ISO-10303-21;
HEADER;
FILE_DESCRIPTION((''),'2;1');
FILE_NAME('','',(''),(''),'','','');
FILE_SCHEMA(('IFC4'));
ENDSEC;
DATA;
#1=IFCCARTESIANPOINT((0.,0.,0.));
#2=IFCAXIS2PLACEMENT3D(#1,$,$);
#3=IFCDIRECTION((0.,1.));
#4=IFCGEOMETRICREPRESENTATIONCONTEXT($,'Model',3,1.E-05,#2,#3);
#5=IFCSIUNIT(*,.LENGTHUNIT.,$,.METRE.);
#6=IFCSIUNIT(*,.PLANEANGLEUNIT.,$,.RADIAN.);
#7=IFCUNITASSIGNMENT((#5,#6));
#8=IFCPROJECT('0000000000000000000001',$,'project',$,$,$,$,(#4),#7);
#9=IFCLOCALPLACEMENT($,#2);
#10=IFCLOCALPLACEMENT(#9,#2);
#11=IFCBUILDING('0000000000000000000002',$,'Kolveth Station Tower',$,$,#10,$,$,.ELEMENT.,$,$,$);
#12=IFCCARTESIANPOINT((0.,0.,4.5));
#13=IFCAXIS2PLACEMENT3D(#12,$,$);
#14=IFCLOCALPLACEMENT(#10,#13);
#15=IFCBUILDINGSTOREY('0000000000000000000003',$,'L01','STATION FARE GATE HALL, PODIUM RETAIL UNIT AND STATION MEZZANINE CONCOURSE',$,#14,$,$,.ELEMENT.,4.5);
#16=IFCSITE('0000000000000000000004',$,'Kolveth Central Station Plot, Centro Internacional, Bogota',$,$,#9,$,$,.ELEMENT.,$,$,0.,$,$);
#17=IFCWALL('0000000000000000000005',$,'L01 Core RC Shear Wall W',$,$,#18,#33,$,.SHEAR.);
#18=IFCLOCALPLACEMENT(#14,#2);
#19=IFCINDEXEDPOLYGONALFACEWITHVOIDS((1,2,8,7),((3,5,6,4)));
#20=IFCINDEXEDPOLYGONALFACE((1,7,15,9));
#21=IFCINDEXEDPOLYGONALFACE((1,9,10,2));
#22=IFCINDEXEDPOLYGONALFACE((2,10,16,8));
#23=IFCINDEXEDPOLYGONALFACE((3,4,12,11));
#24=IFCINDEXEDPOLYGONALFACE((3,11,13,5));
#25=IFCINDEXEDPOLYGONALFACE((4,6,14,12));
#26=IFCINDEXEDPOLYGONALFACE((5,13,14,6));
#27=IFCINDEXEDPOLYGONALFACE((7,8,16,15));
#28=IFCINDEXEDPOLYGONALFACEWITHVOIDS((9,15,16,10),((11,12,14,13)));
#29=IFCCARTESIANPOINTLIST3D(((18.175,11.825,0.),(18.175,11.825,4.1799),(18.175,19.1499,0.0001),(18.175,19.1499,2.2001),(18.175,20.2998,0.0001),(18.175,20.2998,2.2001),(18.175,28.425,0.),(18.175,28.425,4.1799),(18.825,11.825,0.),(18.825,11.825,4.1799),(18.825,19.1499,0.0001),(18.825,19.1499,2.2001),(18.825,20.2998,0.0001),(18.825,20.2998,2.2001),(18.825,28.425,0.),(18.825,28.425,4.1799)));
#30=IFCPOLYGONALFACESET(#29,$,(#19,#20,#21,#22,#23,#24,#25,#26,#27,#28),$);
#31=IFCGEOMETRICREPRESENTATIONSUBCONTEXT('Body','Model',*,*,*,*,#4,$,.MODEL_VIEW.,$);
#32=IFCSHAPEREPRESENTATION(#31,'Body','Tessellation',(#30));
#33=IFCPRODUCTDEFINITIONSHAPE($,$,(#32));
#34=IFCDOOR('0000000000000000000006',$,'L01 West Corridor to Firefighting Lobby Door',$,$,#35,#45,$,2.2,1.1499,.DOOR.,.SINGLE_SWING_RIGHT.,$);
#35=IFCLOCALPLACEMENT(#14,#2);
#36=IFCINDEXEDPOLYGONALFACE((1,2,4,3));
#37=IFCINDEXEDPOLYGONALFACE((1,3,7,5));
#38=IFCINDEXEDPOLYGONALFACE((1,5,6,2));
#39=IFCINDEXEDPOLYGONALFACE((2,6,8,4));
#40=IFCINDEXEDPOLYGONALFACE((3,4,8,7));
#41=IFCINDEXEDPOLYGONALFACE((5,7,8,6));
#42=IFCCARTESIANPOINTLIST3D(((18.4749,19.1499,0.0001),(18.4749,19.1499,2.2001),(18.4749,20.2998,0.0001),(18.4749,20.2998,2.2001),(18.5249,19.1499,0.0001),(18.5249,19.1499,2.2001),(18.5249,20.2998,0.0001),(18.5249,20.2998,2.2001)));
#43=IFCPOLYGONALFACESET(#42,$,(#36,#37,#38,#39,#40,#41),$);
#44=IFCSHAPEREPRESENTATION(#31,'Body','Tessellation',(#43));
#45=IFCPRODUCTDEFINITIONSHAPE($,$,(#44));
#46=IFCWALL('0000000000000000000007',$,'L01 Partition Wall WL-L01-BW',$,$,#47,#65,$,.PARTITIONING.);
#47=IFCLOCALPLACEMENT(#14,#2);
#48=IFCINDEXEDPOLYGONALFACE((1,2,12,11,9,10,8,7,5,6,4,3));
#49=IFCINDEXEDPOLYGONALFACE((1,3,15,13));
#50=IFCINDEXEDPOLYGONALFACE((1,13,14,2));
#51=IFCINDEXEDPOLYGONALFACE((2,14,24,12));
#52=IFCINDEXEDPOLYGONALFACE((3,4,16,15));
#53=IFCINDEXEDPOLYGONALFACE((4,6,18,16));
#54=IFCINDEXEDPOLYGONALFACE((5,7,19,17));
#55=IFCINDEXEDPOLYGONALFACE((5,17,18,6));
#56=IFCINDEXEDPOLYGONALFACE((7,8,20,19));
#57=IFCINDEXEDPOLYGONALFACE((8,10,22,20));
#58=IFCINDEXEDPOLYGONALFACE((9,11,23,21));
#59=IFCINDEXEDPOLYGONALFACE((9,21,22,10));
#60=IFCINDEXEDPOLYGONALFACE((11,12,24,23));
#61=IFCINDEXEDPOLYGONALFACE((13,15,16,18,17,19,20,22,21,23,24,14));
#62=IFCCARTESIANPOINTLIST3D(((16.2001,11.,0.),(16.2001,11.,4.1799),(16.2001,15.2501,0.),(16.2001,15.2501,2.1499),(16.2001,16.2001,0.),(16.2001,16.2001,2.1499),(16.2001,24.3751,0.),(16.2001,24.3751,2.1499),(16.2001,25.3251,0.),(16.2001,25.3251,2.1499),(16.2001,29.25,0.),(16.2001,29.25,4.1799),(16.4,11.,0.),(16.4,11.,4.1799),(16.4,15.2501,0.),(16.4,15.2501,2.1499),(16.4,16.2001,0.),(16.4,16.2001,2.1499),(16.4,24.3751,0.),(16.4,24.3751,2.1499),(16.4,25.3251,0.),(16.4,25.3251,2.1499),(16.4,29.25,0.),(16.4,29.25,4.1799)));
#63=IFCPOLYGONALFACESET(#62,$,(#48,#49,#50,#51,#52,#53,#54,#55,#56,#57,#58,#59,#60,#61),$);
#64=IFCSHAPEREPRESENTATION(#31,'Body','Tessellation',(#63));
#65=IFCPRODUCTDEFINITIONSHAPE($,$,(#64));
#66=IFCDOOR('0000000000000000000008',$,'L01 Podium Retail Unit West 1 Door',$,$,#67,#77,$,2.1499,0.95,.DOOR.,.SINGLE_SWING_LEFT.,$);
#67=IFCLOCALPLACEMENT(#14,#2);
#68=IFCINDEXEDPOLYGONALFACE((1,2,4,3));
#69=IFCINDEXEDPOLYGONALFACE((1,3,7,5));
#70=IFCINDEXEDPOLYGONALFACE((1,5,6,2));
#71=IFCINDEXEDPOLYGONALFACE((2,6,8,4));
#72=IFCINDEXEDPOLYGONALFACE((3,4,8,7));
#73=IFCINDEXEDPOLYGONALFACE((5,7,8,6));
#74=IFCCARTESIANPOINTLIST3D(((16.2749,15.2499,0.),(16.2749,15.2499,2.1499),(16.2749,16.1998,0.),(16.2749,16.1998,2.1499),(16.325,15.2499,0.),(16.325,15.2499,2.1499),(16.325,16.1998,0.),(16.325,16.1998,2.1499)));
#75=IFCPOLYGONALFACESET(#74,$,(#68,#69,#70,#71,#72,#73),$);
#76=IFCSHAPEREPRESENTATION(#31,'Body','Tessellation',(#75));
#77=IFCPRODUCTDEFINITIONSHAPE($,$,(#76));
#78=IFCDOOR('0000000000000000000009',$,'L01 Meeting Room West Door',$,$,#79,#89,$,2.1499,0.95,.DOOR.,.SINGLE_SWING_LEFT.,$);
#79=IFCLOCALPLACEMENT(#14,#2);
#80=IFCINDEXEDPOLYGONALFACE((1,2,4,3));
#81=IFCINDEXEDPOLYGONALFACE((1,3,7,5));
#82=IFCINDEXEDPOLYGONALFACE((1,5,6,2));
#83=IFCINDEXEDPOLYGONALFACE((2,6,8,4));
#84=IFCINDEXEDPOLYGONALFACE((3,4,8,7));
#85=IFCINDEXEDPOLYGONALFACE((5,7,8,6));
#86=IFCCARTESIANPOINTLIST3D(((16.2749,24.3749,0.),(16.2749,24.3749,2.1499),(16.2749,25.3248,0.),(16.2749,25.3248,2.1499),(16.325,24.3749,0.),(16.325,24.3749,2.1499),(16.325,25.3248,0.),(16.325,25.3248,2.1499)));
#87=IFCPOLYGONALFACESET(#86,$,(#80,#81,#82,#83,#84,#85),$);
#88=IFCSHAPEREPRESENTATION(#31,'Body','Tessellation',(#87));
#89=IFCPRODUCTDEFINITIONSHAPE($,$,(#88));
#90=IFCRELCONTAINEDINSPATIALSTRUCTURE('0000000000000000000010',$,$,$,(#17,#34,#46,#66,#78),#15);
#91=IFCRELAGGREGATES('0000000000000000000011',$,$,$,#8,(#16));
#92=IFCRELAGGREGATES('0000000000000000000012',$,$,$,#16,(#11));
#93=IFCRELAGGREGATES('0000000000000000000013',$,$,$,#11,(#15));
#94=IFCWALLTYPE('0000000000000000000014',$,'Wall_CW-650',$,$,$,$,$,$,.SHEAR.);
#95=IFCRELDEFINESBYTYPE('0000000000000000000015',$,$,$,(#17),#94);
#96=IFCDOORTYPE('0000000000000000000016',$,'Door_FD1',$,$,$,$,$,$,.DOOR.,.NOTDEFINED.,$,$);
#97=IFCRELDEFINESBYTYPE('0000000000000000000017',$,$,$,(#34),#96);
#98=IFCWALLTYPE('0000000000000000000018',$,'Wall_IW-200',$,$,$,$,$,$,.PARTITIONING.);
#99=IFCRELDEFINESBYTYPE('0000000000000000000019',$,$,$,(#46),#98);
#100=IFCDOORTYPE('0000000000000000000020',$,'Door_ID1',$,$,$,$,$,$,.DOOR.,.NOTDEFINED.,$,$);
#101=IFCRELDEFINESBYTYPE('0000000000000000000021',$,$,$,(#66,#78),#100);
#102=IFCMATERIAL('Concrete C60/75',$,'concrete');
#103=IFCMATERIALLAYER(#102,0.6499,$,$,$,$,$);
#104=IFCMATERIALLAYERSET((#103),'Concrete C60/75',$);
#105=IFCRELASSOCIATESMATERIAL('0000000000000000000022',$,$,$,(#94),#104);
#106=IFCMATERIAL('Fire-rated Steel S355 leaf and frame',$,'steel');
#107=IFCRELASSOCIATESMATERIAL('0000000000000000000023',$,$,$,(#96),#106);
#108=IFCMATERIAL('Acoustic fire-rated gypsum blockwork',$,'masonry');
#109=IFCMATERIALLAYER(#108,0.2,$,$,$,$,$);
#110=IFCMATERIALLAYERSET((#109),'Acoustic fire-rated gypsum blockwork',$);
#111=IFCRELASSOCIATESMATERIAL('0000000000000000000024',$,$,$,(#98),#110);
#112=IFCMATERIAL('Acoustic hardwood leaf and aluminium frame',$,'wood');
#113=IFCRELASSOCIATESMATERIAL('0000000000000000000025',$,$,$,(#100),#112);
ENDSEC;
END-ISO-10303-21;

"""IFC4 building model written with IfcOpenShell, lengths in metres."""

from ifc_helpers import new_model, si_unit, direction, frame, frame_2d, origin, place, context, subcontext, project, spatial, rectangle, extrude, material, layer, layer_set, type_object, element, fill, save


model = new_model("IFC4")

# Units and contexts
model_context = context("Model", 3, precision=1e-05, world=origin(), true_north=direction((0.0, 1.0)))
body_context = subcontext(model_context, "Body", "Model", "MODEL_VIEW")
ifc_project = project(units=[si_unit("LENGTHUNIT", "METRE"), si_unit("PLANEANGLEUNIT", "RADIAN")], contexts=[model_context])

# Site, building, storey
site_placement = place(None, origin())
site = spatial("IfcSite", under=ifc_project, at=site_placement, Name="Kolveth Central Station Plot, Centro Internacional, Bogota", CompositionType="ELEMENT", RefElevation=0.0)
building_placement = place(site_placement, origin())
building = spatial("IfcBuilding", under=site, at=building_placement, Name="Kolveth Station Tower", CompositionType="ELEMENT")
storey_placement = place(building_placement, frame((0.0, 0.0, 4.5)))
storey = spatial("IfcBuildingStorey", under=building, at=storey_placement, Name="L01", Description="STATION FARE GATE HALL, PODIUM RETAIL UNIT AND STATION MEZZANINE CONCOURSE", CompositionType="ELEMENT", Elevation=4.5)

# Shared definitions
ifc_material_1 = material(Name="Concrete C60/75", Category="concrete")
ifc_layer_1 = layer(ifc_material_1, 0.6499)
ifc_layer_set_1 = layer_set([ifc_layer_1], Name="Concrete C60/75")
wall_type_1 = type_object("IfcWallType", Name="Wall_CW-650", PredefinedType="SHEAR", material=ifc_layer_set_1)

# Wall, opening, door
wall_1_placement = place(storey_placement, frame((18.5, 11.825, 0.0), z_axis=(0.0, 0.0, 1.0), x_axis=(0.0, 1.0, 0.0)))
wall_1 = element("IfcWall", 1, at=wall_1_placement, inside=storey, type_object=wall_type_1, Name="L01 Core RC Shear Wall W", PredefinedType="SHEAR", context=body_context, shape_type="SweptSolid", body=[
    extrude(rectangle(XDim=16.6001, YDim=0.6499, at=frame_2d((8.3, 0.0))), origin(), (0.0, 0.0, 1.0), 4.1799),
])
opening_1_placement = place(wall_1_placement, frame((7.325, 0.0, 0.0)))
opening_1 = element("IfcOpeningElement", 2, at=opening_1_placement, cuts=wall_1, PredefinedType="OPENING", context=body_context, shape_type="SweptSolid", body=[
    extrude(rectangle(XDim=1.1499, YDim=2.2, at=frame_2d((0.575, 1.1001))), frame((0.0, 0.335, 0.0), z_axis=(0.0, -1.0, 0.0), x_axis=(1.0, 0.0, 0.0)), (0.0, 0.0, 1.0), 0.6699),
])
ifc_material_2 = material(Name="Fire-rated Steel S355 leaf and frame", Category="steel")
door_type_1 = type_object("IfcDoorType", Name="Door_FD1", OperationType="NOTDEFINED", PredefinedType="DOOR", material=ifc_material_2)
door_1_placement = place(opening_1_placement, frame((1.1499, 0.0, 0.0), z_axis=(0.0, 0.0, 1.0), x_axis=(-1.0, 0.0, 0.0)))
door_1 = element("IfcDoor", 3, at=door_1_placement, inside=storey, type_object=door_type_1, Name="L01 West Corridor to Firefighting Lobby Door", OperationType="SINGLE_SWING_RIGHT", OverallHeight=2.2, OverallWidth=1.1499, PredefinedType="DOOR", context=body_context, shape_type="SweptSolid", body=[
    extrude(rectangle(XDim=1.1499, YDim=2.2, at=frame_2d((0.575, 1.1001))), frame((0.0, 0.0249, 0.0), z_axis=(0.0, -1.0, 0.0), x_axis=(1.0, 0.0, 0.0)), (0.0, 0.0, 1.0), 0.05),
])
fill(opening_1, door_1)

# Wall, openings, doors
ifc_material_3 = material(Name="Acoustic fire-rated gypsum blockwork", Category="masonry")
ifc_layer_2 = layer(ifc_material_3, 0.2)
ifc_layer_set_2 = layer_set([ifc_layer_2], Name="Acoustic fire-rated gypsum blockwork")
wall_type_2 = type_object("IfcWallType", Name="Wall_IW-200", PredefinedType="PARTITIONING", material=ifc_layer_set_2)
wall_2_placement = place(storey_placement, frame((16.3, 11.0, 0.0), z_axis=(0.0, 0.0, 1.0), x_axis=(0.0, 1.0, 0.0)))
wall_2 = element("IfcWall", 4, at=wall_2_placement, inside=storey, type_object=wall_type_2, Name="L01 Partition Wall WL-L01-BW", PredefinedType="PARTITIONING", context=body_context, shape_type="SweptSolid", body=[
    extrude(rectangle(XDim=18.25, YDim=0.2, at=frame_2d((9.125, 0.0))), origin(), (0.0, 0.0, 1.0), 4.1799),
])
opening_2_placement = place(wall_2_placement, frame((4.25, 0.0, 0.0)))
opening_2 = element("IfcOpeningElement", 5, at=opening_2_placement, cuts=wall_2, PredefinedType="OPENING", context=body_context, shape_type="SweptSolid", body=[
    extrude(rectangle(XDim=0.95, YDim=2.1499, at=frame_2d((0.4751, 1.075))), frame((0.0, 0.1099, 0.0), z_axis=(0.0, -1.0, 0.0), x_axis=(1.0, 0.0, 0.0)), (0.0, 0.0, 1.0), 0.22),
])
opening_3_placement = place(wall_2_placement, frame((13.375, 0.0, 0.0)))
opening_3 = element("IfcOpeningElement", 6, at=opening_3_placement, cuts=wall_2, PredefinedType="OPENING", context=body_context, shape_type="SweptSolid", body=[
    extrude(rectangle(XDim=0.95, YDim=2.1499, at=frame_2d((0.4751, 1.075))), frame((0.0, 0.1099, 0.0), z_axis=(0.0, -1.0, 0.0), x_axis=(1.0, 0.0, 0.0)), (0.0, 0.0, 1.0), 0.22),
])
ifc_material_4 = material(Name="Acoustic hardwood leaf and aluminium frame", Category="wood")
door_type_2 = type_object("IfcDoorType", Name="Door_ID1", OperationType="NOTDEFINED", PredefinedType="DOOR", material=ifc_material_4)
door_2_placement = place(opening_2_placement, frame((0.95, 0.0, 0.0), z_axis=(0.0, 0.0, 1.0), x_axis=(-1.0, 0.0, 0.0)))
door_2 = element("IfcDoor", 7, at=door_2_placement, inside=storey, type_object=door_type_2, Name="L01 Podium Retail Unit West 1 Door", OperationType="SINGLE_SWING_LEFT", OverallHeight=2.1499, OverallWidth=0.95, PredefinedType="DOOR", context=body_context, shape_type="SweptSolid", body=[
    extrude(rectangle(XDim=0.95, YDim=2.1499, at=frame_2d((0.4751, 1.075))), frame((0.0, 0.0249, 0.0), z_axis=(0.0, -1.0, 0.0), x_axis=(1.0, 0.0, 0.0)), (0.0, 0.0, 1.0), 0.05),
])
fill(opening_2, door_2)
door_3_placement = place(opening_3_placement, frame((0.95, 0.0, 0.0), z_axis=(0.0, 0.0, 1.0), x_axis=(-1.0, 0.0, 0.0)))
door_3 = element("IfcDoor", 8, at=door_3_placement, inside=storey, type_object=door_type_2, Name="L01 Meeting Room West Door", OperationType="SINGLE_SWING_LEFT", OverallHeight=2.1499, OverallWidth=0.95, PredefinedType="DOOR", context=body_context, shape_type="SweptSolid", body=[
    extrude(rectangle(XDim=0.95, YDim=2.1499, at=frame_2d((0.4751, 1.075))), frame((0.0, 0.0249, 0.0), z_axis=(0.0, -1.0, 0.0), x_axis=(1.0, 0.0, 0.0)), (0.0, 0.0, 1.0), 0.05),
])
fill(opening_3, door_3)

save(model, "model.ifc")
